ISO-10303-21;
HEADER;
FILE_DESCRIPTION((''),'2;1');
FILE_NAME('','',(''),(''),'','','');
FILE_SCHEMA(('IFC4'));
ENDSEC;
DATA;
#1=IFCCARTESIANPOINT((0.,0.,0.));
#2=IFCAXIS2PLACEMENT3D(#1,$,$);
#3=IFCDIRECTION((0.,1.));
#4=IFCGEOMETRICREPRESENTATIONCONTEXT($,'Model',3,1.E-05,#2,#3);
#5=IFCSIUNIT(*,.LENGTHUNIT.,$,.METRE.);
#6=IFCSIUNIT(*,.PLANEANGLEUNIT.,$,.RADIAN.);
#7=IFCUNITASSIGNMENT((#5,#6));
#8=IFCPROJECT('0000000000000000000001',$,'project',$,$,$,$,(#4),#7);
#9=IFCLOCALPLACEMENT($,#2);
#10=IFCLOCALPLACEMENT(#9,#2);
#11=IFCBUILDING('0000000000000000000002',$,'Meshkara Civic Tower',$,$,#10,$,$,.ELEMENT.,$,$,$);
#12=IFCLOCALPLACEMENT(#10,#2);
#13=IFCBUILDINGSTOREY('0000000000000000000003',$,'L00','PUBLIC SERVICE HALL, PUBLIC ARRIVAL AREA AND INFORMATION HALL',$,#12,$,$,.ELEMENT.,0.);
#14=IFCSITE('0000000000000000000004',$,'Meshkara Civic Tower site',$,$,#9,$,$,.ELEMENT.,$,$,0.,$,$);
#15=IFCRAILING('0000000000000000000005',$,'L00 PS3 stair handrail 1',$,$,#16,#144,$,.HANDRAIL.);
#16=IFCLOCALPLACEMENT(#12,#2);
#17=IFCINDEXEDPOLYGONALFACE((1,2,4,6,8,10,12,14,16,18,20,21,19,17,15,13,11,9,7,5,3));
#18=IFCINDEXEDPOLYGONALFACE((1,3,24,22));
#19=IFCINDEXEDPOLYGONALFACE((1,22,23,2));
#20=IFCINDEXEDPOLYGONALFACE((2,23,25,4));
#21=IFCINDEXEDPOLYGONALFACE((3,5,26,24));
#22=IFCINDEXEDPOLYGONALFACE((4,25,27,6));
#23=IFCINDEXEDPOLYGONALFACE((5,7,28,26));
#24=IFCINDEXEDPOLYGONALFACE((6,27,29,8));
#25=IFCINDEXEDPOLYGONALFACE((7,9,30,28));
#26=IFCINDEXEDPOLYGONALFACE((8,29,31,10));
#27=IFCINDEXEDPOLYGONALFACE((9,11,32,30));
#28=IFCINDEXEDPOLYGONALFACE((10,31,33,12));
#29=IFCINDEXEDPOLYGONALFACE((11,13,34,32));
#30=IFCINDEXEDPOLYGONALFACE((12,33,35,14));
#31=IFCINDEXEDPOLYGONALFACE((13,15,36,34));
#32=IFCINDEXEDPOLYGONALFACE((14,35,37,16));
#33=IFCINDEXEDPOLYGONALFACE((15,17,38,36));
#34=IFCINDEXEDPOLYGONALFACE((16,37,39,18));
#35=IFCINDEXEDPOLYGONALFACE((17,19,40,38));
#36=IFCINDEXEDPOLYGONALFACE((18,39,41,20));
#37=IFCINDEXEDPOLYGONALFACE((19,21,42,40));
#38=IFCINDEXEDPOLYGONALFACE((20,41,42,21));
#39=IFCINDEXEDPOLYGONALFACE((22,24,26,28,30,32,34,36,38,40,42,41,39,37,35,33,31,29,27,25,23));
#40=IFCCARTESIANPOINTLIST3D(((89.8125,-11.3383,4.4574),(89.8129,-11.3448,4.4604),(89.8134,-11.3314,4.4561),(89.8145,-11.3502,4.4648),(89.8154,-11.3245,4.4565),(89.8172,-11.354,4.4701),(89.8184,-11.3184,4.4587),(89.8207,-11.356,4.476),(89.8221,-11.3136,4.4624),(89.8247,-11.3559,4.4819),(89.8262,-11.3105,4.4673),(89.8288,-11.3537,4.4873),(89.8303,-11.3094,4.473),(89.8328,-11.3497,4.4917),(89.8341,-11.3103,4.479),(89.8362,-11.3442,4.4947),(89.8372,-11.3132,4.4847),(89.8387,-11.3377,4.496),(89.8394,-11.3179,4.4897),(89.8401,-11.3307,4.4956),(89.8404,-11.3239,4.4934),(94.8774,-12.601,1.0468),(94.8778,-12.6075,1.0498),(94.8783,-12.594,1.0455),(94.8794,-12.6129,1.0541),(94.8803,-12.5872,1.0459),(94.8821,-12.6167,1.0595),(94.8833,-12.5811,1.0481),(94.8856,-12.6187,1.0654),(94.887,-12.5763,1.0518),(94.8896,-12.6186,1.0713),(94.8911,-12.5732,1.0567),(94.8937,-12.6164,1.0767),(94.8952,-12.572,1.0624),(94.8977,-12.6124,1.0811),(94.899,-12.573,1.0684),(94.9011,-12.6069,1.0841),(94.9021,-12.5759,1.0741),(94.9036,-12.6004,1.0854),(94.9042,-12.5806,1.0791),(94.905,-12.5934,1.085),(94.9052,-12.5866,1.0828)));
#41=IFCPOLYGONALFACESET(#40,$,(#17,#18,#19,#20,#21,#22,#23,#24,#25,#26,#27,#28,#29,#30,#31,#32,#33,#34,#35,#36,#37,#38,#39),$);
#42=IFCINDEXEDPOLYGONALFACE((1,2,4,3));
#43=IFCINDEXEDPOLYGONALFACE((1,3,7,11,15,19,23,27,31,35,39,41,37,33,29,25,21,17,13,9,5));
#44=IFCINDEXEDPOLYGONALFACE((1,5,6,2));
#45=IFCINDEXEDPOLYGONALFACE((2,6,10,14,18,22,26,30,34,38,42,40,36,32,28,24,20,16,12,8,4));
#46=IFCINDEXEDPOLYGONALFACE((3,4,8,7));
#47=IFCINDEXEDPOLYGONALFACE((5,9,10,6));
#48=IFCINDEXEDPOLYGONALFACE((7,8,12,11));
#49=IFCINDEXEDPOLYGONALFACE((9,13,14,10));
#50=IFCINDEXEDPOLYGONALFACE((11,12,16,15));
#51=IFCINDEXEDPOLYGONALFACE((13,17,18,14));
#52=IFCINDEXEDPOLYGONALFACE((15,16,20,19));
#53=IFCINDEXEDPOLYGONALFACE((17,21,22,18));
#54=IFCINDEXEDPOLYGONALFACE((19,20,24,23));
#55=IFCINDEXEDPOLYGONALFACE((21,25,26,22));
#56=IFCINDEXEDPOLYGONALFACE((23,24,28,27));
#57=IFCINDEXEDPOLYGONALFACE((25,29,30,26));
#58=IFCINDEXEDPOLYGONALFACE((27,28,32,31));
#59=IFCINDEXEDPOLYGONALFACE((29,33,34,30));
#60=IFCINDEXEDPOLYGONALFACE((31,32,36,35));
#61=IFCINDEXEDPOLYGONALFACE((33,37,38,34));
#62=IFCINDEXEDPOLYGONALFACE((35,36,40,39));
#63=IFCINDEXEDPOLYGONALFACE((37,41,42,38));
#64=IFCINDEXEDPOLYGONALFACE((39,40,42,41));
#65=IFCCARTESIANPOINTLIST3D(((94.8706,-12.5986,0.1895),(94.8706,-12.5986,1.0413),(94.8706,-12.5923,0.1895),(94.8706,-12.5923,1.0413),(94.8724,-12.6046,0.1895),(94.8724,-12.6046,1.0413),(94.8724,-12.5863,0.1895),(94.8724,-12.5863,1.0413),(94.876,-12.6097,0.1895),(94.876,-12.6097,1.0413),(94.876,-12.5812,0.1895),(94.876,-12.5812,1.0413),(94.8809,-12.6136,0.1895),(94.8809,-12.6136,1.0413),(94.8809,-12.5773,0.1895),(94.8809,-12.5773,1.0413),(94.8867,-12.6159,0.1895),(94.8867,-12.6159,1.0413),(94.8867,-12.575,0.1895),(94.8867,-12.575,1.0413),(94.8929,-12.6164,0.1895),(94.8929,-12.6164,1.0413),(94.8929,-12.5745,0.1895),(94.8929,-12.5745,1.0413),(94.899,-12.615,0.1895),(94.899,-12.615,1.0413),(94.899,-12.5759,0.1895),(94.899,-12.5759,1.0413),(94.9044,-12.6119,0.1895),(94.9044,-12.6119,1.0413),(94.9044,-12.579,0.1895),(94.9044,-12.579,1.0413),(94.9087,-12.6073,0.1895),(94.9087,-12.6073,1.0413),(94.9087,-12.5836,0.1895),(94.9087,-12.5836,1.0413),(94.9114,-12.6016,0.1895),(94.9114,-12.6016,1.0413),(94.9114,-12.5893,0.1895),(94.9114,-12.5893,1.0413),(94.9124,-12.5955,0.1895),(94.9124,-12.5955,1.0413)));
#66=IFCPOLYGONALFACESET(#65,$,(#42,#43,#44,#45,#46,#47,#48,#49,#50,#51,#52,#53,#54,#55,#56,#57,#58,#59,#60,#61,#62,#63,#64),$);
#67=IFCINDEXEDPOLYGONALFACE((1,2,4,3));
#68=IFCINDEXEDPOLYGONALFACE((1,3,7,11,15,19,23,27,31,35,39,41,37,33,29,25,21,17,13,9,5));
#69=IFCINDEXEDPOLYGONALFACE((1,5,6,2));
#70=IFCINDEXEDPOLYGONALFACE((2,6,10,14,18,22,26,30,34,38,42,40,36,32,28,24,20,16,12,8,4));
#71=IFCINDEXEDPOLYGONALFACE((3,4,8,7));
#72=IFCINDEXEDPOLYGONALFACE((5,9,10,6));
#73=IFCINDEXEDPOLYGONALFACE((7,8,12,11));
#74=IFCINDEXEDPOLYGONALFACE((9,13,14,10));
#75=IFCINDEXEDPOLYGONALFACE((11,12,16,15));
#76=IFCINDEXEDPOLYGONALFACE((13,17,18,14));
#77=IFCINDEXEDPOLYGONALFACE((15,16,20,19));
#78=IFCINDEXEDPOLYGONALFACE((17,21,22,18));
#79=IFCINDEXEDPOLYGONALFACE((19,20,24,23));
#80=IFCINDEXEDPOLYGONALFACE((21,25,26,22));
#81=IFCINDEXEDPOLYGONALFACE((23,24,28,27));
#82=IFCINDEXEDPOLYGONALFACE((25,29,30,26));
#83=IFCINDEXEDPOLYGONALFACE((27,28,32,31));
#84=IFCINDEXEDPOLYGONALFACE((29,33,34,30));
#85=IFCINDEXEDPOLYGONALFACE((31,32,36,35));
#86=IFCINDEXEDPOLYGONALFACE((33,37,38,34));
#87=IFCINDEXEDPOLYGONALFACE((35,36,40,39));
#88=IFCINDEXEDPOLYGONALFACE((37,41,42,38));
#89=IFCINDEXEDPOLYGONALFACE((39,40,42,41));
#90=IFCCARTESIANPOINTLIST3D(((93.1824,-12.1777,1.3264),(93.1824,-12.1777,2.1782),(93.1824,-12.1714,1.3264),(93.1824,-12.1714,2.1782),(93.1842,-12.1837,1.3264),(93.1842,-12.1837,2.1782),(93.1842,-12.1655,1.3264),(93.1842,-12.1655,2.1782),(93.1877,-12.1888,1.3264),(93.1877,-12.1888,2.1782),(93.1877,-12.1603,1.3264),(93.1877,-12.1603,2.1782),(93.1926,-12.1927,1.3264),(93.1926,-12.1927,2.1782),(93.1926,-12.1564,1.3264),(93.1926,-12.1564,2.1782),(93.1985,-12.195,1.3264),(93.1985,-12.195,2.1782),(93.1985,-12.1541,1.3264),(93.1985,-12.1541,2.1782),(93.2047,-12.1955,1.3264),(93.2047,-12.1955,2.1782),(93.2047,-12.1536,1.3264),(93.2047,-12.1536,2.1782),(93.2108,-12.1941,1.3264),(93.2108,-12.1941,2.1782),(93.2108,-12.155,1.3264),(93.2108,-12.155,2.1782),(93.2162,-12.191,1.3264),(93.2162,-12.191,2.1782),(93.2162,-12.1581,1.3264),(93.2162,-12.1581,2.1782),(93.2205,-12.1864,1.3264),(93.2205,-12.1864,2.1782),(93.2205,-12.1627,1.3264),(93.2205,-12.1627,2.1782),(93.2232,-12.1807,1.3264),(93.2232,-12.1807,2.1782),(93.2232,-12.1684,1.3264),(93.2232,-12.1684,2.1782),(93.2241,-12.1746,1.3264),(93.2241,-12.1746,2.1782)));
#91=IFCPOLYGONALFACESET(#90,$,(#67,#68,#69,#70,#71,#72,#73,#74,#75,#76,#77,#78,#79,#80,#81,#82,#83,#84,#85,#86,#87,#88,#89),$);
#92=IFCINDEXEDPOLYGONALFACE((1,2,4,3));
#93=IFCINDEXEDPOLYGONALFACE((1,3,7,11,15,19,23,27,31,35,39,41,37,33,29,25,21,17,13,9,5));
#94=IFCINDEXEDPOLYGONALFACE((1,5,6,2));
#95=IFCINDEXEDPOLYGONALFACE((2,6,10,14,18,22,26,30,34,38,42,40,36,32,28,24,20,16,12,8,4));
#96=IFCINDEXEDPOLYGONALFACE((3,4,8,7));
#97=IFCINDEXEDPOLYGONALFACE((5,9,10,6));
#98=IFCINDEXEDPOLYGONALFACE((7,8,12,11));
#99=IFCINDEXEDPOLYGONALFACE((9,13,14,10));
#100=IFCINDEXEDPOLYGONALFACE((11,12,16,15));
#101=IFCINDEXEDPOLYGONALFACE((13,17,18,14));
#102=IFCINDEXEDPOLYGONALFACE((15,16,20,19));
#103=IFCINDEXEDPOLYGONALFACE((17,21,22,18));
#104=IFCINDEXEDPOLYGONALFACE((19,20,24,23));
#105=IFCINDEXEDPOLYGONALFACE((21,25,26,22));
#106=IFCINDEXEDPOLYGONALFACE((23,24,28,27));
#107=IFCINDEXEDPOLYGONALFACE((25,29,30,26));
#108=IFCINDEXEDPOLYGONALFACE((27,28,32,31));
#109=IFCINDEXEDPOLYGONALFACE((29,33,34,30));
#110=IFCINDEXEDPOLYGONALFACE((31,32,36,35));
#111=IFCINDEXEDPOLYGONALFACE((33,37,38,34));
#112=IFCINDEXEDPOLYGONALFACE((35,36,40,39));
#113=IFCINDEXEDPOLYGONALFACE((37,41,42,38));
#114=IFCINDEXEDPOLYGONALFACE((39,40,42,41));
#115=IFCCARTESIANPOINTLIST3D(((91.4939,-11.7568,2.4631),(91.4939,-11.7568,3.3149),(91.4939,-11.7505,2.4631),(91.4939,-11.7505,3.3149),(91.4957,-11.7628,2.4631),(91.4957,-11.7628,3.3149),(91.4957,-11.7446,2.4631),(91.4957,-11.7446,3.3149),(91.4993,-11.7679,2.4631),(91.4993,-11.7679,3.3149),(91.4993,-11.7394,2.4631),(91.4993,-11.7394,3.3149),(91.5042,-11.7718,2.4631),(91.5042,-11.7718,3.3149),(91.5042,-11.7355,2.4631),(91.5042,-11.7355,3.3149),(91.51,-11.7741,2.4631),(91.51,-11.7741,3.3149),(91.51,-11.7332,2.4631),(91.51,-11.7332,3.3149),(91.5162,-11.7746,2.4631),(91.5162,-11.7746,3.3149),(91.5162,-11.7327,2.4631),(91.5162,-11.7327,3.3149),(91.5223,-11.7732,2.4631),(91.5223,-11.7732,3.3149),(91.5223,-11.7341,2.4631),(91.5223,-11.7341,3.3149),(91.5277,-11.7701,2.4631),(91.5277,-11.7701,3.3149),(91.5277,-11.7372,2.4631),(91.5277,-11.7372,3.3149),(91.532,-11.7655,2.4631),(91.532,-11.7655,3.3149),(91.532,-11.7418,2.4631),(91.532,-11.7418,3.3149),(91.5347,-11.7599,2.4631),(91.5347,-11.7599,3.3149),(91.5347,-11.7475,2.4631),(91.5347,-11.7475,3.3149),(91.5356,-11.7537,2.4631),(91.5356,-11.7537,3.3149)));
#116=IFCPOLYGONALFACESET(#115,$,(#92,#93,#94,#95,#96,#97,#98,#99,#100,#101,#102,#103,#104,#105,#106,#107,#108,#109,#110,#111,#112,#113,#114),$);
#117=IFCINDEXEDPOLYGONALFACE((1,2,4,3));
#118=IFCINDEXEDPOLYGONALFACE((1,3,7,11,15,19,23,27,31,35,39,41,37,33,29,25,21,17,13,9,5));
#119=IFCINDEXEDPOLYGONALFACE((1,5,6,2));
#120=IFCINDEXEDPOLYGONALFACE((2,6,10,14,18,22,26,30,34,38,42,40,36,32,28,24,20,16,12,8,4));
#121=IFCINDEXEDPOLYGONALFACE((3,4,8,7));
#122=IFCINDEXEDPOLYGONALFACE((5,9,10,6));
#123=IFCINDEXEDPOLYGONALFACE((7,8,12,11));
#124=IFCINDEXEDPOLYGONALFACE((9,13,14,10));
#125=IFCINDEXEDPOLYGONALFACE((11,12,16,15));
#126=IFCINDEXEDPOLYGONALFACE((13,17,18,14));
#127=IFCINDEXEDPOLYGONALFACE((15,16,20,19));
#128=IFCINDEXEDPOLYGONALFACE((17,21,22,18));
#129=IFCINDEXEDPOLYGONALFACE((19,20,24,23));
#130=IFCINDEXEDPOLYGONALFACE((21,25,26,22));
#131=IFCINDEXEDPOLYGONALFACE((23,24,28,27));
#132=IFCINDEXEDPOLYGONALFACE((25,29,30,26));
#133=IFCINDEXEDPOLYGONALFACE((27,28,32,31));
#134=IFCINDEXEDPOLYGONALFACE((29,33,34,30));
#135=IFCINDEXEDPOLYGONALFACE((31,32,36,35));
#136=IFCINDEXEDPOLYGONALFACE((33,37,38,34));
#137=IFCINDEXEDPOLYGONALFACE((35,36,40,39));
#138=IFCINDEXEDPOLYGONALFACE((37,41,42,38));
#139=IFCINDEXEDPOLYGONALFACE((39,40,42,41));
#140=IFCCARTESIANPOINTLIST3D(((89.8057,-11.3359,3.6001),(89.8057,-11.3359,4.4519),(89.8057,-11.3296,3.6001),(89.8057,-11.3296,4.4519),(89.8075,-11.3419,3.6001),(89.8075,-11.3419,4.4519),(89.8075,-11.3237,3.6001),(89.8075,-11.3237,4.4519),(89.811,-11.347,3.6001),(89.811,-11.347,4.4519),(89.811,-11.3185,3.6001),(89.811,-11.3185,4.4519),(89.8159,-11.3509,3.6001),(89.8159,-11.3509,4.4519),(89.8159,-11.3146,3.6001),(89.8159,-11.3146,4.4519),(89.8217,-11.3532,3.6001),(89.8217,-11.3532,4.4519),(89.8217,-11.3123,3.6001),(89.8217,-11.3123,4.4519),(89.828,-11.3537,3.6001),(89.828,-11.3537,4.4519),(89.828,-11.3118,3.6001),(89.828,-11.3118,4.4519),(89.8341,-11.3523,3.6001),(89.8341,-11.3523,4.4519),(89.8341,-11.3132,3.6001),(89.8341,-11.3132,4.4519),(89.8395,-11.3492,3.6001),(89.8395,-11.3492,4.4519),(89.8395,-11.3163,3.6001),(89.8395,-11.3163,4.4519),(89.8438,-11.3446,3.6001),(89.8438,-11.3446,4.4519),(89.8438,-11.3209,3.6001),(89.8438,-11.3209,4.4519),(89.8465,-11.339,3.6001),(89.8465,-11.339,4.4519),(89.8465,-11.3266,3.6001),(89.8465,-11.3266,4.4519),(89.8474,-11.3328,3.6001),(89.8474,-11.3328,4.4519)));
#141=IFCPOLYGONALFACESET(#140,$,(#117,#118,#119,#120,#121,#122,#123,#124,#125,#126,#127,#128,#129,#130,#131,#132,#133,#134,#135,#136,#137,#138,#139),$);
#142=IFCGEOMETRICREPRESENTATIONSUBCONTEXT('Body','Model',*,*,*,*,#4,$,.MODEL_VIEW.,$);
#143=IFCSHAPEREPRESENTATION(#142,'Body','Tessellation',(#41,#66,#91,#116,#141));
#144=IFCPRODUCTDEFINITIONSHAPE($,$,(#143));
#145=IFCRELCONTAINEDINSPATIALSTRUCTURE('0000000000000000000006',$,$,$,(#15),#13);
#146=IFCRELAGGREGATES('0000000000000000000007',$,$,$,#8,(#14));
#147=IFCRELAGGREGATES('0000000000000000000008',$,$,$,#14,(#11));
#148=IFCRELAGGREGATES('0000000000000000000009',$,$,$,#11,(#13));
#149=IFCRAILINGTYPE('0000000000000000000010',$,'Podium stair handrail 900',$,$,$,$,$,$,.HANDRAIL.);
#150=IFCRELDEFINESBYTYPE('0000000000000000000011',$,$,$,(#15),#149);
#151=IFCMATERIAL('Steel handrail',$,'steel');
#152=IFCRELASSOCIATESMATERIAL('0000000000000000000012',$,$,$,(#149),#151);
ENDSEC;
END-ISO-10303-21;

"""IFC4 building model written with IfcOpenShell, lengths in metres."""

from ifc_helpers import new_model, si_unit, direction, frame, origin, origin_2d, place, context, subcontext, project, spatial, circle, extrude, material, type_object, element, save


model = new_model("IFC4")

# Units and contexts
model_context = context("Model", 3, precision=1e-05, world=origin(), true_north=direction((0.0, 1.0)))
body_context = subcontext(model_context, "Body", "Model", "MODEL_VIEW")
ifc_project = project(units=[si_unit("LENGTHUNIT", "METRE"), si_unit("PLANEANGLEUNIT", "RADIAN")], contexts=[model_context])

# Site, building, storey
site_placement = place(None, origin())
site = spatial("IfcSite", under=ifc_project, at=site_placement, Name="Meshkara Civic Tower site", CompositionType="ELEMENT", RefElevation=0.0)
building_placement = place(site_placement, origin())
building = spatial("IfcBuilding", under=site, at=building_placement, Name="Meshkara Civic Tower", CompositionType="ELEMENT")
storey_placement = place(building_placement, origin())
storey = spatial("IfcBuildingStorey", under=building, at=storey_placement, Name="L00", Description="PUBLIC SERVICE HALL, PUBLIC ARRIVAL AREA AND INFORMATION HALL", CompositionType="ELEMENT", Elevation=0.0)

# Railing
ifc_material_1 = material(Name="Steel handrail", Category="steel")
railing_type_1 = type_object("IfcRailingType", Name="Podium stair handrail 900", PredefinedType="HANDRAIL", material=ifc_material_1)
railing_1_placement = place(storey_placement, frame((94.8914, -12.5955, 0.1895)))
element("IfcRailing", 1, at=railing_1_placement, inside=storey, type_object=railing_type_1, Name="L00 PS3 stair handrail 1", PredefinedType="HANDRAIL", context=body_context, shape_type="SweptSolid", body=[
    extrude(circle(Radius=0.0239, at=origin_2d()), frame((0.0, 0.0, 0.876), z_axis=(-0.812285, 0.202503, 0.546979), x_axis=(-0.241897, -0.970302, 0.0)), (0.0, 0.0, 1.0), 6.2354),
    extrude(circle(Radius=0.021, at=origin_2d()), origin(), (0.0, 0.0, 1.0), 0.8518),
    extrude(circle(Radius=0.021, at=origin_2d()), frame((-1.6882, 0.4209, 1.137)), (0.0, 0.0, 1.0), 0.8518),
    extrude(circle(Radius=0.021, at=origin_2d()), frame((-3.3767, 0.8418, 2.2737)), (0.0, 0.0, 1.0), 0.8518),
    extrude(circle(Radius=0.021, at=origin_2d()), frame((-5.0649, 1.2627, 3.4106)), (0.0, 0.0, 1.0), 0.8518),
])

save(model, "model.ifc")
